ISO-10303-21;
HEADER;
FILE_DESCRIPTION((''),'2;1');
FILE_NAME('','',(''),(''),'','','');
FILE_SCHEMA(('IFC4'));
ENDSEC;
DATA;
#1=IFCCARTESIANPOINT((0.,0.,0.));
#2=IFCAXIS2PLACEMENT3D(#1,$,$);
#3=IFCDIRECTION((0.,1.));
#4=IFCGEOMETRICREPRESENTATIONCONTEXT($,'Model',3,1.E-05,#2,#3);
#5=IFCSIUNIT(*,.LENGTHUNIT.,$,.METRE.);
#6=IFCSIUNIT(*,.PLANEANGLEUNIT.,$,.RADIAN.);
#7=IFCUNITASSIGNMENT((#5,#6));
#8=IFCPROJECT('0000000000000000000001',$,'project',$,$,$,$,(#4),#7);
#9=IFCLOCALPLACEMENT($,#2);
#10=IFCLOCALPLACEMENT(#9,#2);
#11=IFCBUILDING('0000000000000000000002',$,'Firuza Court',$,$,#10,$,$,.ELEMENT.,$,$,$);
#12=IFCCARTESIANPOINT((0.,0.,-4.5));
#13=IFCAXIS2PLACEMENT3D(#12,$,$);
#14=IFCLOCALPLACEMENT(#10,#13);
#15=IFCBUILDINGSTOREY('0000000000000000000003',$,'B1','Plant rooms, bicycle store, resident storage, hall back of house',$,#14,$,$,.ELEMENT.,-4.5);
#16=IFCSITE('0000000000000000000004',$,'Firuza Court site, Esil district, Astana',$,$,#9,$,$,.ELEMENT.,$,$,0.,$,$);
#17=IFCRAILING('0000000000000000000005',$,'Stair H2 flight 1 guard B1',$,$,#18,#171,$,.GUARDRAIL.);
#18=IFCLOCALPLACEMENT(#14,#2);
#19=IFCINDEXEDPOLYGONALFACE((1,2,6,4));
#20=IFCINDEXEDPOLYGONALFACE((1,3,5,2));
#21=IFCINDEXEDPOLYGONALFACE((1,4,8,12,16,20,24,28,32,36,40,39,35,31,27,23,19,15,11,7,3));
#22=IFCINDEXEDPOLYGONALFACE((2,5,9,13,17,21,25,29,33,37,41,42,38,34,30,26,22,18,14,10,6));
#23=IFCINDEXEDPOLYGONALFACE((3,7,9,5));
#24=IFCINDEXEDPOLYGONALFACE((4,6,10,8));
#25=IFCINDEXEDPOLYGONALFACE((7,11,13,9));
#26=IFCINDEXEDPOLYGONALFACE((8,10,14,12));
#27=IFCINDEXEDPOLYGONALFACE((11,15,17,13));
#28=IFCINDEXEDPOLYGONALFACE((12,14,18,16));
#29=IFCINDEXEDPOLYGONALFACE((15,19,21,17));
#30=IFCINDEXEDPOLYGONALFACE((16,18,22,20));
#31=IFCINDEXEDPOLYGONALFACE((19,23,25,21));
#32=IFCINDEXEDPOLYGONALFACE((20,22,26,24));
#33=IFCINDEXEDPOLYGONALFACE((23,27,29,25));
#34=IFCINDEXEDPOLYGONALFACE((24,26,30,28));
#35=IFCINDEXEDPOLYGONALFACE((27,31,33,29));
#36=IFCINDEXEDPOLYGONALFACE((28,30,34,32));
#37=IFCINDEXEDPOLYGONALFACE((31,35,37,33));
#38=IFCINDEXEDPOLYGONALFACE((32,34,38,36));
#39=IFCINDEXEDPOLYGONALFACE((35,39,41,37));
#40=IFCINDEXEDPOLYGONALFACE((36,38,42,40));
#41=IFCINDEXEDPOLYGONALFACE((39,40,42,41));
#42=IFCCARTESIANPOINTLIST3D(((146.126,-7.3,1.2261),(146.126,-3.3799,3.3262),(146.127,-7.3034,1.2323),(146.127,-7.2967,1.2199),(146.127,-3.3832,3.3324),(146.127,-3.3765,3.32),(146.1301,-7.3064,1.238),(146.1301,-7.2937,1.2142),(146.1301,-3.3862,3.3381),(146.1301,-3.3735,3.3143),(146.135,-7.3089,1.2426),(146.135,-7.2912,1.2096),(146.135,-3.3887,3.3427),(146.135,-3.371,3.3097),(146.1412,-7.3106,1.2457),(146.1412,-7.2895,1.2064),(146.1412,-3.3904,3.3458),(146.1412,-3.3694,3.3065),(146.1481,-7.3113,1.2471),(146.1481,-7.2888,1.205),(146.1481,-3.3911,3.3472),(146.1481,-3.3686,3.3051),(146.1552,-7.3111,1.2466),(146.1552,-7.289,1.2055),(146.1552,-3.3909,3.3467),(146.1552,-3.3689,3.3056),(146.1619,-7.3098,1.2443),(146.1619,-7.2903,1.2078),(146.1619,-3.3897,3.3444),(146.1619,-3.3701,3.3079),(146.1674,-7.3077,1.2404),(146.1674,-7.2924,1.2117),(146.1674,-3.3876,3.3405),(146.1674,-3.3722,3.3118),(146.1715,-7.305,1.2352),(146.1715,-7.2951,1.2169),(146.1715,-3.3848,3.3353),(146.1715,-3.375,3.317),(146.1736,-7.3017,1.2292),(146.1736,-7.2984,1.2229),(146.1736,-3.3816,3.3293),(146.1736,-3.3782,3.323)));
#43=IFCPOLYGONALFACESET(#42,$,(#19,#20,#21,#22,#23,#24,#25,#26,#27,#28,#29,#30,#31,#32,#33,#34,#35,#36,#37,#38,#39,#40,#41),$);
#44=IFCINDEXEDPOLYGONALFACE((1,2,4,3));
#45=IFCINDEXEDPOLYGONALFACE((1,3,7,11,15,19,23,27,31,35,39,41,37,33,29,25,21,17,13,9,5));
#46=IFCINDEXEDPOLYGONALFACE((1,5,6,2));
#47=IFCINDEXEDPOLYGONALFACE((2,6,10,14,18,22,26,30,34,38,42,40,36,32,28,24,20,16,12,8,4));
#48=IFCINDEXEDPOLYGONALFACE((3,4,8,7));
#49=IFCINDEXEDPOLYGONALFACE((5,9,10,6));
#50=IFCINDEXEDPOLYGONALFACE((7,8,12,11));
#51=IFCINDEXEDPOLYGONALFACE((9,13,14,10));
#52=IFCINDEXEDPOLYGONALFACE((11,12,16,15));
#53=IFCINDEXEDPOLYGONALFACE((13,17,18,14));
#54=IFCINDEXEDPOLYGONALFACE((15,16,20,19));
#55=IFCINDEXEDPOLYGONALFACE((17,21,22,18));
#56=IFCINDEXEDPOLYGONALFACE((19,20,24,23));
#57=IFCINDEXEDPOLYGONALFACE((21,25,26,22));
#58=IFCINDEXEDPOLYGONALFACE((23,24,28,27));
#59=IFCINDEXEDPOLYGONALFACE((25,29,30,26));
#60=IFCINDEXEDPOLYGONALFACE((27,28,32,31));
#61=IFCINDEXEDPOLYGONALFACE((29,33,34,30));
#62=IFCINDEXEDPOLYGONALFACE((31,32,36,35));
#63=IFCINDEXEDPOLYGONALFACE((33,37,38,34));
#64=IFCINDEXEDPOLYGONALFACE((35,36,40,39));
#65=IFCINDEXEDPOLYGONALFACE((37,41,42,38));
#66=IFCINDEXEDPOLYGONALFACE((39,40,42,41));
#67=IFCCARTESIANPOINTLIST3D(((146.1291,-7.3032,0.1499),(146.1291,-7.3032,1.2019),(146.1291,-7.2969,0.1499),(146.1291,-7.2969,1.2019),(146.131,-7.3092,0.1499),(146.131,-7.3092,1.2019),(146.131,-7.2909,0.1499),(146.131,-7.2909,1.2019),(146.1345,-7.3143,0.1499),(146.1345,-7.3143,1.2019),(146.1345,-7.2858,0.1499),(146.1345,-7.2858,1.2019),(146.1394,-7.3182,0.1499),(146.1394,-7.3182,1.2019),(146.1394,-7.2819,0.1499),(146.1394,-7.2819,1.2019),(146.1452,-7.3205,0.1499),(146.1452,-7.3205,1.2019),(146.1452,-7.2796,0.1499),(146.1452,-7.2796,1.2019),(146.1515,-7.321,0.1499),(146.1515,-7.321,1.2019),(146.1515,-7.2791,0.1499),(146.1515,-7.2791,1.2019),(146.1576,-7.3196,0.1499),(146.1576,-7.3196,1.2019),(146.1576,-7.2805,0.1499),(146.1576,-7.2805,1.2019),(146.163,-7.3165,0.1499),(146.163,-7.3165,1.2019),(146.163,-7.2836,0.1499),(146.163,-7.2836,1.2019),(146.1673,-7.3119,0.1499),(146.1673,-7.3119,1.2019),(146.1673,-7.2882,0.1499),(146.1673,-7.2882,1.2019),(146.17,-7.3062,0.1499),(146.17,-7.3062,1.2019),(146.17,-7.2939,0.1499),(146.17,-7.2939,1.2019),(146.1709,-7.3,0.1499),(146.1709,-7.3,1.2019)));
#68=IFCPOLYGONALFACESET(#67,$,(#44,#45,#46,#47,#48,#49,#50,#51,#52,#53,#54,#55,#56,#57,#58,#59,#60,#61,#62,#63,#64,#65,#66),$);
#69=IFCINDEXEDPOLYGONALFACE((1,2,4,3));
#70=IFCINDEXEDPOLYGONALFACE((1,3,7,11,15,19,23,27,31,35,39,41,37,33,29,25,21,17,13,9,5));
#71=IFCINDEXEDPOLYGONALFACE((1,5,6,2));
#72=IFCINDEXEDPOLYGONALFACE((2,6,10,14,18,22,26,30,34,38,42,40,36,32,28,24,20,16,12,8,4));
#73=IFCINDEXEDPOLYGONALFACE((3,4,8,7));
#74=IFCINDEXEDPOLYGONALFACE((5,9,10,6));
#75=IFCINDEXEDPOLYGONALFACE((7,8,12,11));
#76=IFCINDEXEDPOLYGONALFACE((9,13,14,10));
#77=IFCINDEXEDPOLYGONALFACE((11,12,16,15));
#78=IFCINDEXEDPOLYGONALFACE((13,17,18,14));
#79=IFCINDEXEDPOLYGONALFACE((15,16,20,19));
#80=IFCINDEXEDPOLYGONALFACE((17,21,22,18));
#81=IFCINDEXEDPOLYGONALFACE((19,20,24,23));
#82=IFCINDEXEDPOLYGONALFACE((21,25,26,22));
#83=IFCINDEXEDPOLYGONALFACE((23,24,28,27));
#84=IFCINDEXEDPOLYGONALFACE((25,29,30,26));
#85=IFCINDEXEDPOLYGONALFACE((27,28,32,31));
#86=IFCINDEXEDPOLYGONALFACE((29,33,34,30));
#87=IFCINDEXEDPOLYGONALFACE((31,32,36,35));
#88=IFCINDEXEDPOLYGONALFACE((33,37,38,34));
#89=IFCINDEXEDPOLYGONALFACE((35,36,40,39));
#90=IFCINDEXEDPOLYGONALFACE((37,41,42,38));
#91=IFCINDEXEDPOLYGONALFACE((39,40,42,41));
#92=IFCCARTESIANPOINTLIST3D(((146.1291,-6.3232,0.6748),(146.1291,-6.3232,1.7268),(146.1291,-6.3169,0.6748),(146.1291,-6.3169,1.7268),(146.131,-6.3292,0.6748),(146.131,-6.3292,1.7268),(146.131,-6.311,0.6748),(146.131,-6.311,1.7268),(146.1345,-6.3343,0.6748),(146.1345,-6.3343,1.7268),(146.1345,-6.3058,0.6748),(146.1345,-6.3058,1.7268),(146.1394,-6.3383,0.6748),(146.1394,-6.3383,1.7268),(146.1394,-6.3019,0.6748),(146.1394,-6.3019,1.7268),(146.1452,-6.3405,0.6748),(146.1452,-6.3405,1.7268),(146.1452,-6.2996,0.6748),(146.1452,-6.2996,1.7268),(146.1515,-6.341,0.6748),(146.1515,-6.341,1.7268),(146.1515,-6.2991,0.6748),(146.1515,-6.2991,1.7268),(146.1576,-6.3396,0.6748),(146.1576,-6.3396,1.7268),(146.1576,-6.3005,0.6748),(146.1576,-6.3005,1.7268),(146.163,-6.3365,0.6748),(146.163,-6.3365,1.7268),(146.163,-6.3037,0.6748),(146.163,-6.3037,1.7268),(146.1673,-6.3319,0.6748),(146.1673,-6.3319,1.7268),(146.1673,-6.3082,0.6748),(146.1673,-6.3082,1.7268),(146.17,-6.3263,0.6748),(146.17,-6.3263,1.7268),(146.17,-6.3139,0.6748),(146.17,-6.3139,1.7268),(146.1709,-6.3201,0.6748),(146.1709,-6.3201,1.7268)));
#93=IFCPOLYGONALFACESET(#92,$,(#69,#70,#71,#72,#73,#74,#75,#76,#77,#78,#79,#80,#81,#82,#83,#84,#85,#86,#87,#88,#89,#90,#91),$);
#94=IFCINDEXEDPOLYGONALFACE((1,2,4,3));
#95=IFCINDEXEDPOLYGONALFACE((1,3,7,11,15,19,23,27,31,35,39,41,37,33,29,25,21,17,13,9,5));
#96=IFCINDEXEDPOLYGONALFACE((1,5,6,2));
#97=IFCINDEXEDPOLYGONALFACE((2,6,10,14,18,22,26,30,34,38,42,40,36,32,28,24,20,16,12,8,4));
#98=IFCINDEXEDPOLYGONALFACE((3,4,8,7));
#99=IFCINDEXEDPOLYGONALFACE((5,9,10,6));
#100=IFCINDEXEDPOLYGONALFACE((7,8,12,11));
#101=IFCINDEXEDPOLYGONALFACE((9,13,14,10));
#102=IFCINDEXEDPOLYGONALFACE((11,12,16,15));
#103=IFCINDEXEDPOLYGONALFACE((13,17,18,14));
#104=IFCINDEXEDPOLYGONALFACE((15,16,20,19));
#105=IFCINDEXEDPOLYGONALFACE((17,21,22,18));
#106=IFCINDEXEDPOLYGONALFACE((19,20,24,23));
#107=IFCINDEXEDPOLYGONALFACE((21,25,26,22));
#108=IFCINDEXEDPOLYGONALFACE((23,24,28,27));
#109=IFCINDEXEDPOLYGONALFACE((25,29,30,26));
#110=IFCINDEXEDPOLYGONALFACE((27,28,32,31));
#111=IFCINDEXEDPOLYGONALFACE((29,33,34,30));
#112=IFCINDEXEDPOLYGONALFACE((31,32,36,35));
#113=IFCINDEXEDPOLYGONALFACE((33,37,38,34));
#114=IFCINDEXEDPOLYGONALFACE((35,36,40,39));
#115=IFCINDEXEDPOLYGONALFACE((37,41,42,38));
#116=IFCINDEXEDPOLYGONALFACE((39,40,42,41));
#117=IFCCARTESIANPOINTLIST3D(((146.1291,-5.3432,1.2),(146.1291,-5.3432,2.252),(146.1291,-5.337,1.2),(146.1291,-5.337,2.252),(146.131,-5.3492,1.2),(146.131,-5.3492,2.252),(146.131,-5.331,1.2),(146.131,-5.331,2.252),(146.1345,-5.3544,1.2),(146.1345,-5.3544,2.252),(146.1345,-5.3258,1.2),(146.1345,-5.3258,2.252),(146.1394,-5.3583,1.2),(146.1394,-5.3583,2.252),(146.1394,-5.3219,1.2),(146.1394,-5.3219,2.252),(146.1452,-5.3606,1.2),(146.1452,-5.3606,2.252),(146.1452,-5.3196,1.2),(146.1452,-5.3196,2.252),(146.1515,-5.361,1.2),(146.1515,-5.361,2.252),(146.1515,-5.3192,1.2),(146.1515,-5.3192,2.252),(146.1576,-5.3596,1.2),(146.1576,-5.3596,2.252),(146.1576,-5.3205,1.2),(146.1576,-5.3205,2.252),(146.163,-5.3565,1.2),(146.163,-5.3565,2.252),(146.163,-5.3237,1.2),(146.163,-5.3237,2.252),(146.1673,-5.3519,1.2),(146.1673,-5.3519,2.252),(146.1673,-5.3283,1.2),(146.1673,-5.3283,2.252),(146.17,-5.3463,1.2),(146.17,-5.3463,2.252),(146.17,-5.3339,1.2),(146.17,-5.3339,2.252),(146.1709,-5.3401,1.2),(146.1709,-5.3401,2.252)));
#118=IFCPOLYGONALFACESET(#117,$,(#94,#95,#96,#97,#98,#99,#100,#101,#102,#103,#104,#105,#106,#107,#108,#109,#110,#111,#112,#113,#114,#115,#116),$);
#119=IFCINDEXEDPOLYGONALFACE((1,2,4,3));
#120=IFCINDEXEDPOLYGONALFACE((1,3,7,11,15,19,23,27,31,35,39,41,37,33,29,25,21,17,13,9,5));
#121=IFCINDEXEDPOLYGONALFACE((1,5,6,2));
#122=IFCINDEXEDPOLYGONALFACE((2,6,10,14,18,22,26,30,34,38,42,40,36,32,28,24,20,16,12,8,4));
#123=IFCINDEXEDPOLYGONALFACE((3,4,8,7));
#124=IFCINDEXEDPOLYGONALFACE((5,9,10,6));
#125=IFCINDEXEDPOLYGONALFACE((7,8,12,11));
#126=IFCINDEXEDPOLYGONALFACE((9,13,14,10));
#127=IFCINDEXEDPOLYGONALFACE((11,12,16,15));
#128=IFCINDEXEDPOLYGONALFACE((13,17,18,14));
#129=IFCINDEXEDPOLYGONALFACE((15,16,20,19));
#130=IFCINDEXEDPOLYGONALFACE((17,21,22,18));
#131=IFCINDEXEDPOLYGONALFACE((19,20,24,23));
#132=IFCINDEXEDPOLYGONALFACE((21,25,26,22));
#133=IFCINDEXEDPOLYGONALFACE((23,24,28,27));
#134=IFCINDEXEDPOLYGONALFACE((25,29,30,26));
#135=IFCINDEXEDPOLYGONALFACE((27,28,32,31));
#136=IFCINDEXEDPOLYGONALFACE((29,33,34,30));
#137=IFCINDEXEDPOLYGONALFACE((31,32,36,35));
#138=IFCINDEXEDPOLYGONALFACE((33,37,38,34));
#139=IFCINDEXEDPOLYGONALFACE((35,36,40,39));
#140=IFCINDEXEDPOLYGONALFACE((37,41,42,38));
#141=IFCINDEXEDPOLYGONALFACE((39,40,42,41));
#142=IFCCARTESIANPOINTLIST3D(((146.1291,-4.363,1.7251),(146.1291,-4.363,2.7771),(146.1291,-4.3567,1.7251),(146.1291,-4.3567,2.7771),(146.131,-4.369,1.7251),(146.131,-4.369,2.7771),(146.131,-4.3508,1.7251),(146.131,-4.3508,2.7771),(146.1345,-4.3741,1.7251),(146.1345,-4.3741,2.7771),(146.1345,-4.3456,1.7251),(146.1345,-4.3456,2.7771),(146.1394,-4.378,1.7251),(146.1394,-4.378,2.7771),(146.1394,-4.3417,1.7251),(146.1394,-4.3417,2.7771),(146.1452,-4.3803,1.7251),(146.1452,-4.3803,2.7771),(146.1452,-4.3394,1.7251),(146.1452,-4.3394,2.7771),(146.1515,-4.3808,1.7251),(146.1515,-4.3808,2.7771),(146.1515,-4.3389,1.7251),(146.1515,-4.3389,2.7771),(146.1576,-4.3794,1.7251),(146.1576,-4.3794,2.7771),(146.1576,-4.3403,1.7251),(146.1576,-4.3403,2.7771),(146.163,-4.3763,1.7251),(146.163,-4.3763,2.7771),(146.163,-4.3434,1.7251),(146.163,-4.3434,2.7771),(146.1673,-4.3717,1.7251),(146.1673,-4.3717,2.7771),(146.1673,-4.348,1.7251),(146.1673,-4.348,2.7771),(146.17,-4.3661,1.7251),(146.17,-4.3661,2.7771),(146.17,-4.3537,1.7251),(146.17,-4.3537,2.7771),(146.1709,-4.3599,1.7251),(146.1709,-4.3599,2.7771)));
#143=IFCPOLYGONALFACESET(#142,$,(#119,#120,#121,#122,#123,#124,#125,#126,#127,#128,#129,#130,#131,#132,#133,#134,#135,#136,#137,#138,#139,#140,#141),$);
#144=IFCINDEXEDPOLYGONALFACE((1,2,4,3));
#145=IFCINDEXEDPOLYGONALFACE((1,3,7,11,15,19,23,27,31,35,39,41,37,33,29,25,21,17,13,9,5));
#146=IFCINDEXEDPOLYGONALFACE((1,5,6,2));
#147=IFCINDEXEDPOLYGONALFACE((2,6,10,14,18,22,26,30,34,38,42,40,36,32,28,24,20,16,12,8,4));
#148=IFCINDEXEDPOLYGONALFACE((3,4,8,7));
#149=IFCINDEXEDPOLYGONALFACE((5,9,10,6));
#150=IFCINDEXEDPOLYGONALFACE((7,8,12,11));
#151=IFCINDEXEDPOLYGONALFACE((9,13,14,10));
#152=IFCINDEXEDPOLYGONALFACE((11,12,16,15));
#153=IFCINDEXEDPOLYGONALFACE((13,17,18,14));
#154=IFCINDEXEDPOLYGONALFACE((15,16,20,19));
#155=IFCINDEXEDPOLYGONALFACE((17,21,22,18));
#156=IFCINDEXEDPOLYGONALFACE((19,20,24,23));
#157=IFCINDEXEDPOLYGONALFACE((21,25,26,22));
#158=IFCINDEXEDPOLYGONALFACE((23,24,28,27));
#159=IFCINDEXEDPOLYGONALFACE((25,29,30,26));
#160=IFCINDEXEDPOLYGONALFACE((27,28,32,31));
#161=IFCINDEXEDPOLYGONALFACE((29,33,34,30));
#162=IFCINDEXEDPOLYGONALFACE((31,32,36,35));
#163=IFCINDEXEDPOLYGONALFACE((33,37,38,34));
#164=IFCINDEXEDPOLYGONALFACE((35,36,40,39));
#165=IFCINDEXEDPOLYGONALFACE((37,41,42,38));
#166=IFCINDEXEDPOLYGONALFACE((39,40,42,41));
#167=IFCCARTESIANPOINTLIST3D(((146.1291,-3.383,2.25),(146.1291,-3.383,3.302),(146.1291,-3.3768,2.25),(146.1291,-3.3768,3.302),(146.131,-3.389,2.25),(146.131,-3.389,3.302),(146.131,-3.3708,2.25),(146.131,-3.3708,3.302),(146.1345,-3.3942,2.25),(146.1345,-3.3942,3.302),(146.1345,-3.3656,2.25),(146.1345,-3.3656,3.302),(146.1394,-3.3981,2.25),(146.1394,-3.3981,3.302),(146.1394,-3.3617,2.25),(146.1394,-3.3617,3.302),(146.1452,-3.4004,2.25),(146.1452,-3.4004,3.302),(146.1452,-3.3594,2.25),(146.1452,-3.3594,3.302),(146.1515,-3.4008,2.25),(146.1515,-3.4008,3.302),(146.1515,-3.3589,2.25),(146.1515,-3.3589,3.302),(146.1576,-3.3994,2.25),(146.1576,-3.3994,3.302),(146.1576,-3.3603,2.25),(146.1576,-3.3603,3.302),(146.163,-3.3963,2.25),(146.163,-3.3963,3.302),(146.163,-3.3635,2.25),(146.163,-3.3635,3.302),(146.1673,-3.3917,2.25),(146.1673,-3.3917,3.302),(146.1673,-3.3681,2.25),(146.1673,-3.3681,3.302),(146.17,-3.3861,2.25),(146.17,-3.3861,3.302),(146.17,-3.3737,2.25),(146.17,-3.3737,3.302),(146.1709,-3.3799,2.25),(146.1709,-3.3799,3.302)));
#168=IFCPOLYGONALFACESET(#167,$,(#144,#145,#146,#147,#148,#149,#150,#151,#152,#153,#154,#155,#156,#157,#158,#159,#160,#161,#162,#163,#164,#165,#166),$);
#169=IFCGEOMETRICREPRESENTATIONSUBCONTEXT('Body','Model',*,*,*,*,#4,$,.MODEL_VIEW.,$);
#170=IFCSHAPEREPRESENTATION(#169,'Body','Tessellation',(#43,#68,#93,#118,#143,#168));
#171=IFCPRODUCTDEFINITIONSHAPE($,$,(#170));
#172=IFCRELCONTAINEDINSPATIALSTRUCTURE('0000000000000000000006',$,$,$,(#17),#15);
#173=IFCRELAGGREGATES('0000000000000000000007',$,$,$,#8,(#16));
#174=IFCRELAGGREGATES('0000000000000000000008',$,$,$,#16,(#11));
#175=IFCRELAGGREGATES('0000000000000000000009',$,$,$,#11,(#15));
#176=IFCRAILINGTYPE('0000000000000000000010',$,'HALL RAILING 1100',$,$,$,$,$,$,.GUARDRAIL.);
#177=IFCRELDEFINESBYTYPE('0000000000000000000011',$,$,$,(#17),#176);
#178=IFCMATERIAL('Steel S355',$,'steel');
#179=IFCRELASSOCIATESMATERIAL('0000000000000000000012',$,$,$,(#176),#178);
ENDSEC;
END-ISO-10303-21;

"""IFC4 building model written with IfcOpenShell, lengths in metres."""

from ifc_helpers import new_model, si_unit, direction, frame, origin, origin_2d, place, context, subcontext, project, spatial, circle, extrude, material, type_object, element, save


model = new_model("IFC4")

# Units and contexts
model_context = context("Model", 3, precision=1e-05, world=origin(), true_north=direction((0.0, 1.0)))
body_context = subcontext(model_context, "Body", "Model", "MODEL_VIEW")
ifc_project = project(units=[si_unit("LENGTHUNIT", "METRE"), si_unit("PLANEANGLEUNIT", "RADIAN")], contexts=[model_context])

# Site, building, storey
site_placement = place(None, origin())
site = spatial("IfcSite", under=ifc_project, at=site_placement, Name="Firuza Court site, Esil district, Astana", CompositionType="ELEMENT", RefElevation=0.0)
building_placement = place(site_placement, origin())
building = spatial("IfcBuilding", under=site, at=building_placement, Name="Firuza Court", CompositionType="ELEMENT")
storey_placement = place(building_placement, frame((0.0, 0.0, -4.5)))
storey = spatial("IfcBuildingStorey", under=building, at=storey_placement, Name="B1", Description="Plant rooms, bicycle store, resident storage, hall back of house", CompositionType="ELEMENT", Elevation=-4.5)

# Railing
ifc_material_1 = material(Name="Steel S355", Category="steel")
railing_type_1 = type_object("IfcRailingType", Name="HALL RAILING 1100", PredefinedType="GUARDRAIL", material=ifc_material_1)
railing_1_placement = place(storey_placement, frame((146.1499, -7.3, 0.1499)))
element("IfcRailing", 1, at=railing_1_placement, inside=storey, type_object=railing_type_1, Name="Stair H2 flight 1 guard B1", PredefinedType="GUARDRAIL", context=body_context, shape_type="SweptSolid", body=[
    extrude(circle(Radius=0.0239, at=origin_2d()), frame((0.0, 0.0, 1.0762), z_axis=(0.0, 0.881479, 0.472223), x_axis=(-1.0, 0.0, 0.0)), (0.0, 0.0, 1.0), 4.4473),
    extrude(circle(Radius=0.021, at=origin_2d()), origin(), (0.0, 0.0, 1.0), 1.052),
    extrude(circle(Radius=0.021, at=origin_2d()), frame((0.0, 0.98, 0.5249)), (0.0, 0.0, 1.0), 1.052),
    extrude(circle(Radius=0.021, at=origin_2d()), frame((0.0, 1.96, 1.05)), (0.0, 0.0, 1.0), 1.052),
    extrude(circle(Radius=0.021, at=origin_2d()), frame((0.0, 2.9402, 1.5752)), (0.0, 0.0, 1.0), 1.052),
    extrude(circle(Radius=0.021, at=origin_2d()), frame((0.0, 3.9202, 2.1001)), (0.0, 0.0, 1.0), 1.052),
])

save(model, "model.ifc")
